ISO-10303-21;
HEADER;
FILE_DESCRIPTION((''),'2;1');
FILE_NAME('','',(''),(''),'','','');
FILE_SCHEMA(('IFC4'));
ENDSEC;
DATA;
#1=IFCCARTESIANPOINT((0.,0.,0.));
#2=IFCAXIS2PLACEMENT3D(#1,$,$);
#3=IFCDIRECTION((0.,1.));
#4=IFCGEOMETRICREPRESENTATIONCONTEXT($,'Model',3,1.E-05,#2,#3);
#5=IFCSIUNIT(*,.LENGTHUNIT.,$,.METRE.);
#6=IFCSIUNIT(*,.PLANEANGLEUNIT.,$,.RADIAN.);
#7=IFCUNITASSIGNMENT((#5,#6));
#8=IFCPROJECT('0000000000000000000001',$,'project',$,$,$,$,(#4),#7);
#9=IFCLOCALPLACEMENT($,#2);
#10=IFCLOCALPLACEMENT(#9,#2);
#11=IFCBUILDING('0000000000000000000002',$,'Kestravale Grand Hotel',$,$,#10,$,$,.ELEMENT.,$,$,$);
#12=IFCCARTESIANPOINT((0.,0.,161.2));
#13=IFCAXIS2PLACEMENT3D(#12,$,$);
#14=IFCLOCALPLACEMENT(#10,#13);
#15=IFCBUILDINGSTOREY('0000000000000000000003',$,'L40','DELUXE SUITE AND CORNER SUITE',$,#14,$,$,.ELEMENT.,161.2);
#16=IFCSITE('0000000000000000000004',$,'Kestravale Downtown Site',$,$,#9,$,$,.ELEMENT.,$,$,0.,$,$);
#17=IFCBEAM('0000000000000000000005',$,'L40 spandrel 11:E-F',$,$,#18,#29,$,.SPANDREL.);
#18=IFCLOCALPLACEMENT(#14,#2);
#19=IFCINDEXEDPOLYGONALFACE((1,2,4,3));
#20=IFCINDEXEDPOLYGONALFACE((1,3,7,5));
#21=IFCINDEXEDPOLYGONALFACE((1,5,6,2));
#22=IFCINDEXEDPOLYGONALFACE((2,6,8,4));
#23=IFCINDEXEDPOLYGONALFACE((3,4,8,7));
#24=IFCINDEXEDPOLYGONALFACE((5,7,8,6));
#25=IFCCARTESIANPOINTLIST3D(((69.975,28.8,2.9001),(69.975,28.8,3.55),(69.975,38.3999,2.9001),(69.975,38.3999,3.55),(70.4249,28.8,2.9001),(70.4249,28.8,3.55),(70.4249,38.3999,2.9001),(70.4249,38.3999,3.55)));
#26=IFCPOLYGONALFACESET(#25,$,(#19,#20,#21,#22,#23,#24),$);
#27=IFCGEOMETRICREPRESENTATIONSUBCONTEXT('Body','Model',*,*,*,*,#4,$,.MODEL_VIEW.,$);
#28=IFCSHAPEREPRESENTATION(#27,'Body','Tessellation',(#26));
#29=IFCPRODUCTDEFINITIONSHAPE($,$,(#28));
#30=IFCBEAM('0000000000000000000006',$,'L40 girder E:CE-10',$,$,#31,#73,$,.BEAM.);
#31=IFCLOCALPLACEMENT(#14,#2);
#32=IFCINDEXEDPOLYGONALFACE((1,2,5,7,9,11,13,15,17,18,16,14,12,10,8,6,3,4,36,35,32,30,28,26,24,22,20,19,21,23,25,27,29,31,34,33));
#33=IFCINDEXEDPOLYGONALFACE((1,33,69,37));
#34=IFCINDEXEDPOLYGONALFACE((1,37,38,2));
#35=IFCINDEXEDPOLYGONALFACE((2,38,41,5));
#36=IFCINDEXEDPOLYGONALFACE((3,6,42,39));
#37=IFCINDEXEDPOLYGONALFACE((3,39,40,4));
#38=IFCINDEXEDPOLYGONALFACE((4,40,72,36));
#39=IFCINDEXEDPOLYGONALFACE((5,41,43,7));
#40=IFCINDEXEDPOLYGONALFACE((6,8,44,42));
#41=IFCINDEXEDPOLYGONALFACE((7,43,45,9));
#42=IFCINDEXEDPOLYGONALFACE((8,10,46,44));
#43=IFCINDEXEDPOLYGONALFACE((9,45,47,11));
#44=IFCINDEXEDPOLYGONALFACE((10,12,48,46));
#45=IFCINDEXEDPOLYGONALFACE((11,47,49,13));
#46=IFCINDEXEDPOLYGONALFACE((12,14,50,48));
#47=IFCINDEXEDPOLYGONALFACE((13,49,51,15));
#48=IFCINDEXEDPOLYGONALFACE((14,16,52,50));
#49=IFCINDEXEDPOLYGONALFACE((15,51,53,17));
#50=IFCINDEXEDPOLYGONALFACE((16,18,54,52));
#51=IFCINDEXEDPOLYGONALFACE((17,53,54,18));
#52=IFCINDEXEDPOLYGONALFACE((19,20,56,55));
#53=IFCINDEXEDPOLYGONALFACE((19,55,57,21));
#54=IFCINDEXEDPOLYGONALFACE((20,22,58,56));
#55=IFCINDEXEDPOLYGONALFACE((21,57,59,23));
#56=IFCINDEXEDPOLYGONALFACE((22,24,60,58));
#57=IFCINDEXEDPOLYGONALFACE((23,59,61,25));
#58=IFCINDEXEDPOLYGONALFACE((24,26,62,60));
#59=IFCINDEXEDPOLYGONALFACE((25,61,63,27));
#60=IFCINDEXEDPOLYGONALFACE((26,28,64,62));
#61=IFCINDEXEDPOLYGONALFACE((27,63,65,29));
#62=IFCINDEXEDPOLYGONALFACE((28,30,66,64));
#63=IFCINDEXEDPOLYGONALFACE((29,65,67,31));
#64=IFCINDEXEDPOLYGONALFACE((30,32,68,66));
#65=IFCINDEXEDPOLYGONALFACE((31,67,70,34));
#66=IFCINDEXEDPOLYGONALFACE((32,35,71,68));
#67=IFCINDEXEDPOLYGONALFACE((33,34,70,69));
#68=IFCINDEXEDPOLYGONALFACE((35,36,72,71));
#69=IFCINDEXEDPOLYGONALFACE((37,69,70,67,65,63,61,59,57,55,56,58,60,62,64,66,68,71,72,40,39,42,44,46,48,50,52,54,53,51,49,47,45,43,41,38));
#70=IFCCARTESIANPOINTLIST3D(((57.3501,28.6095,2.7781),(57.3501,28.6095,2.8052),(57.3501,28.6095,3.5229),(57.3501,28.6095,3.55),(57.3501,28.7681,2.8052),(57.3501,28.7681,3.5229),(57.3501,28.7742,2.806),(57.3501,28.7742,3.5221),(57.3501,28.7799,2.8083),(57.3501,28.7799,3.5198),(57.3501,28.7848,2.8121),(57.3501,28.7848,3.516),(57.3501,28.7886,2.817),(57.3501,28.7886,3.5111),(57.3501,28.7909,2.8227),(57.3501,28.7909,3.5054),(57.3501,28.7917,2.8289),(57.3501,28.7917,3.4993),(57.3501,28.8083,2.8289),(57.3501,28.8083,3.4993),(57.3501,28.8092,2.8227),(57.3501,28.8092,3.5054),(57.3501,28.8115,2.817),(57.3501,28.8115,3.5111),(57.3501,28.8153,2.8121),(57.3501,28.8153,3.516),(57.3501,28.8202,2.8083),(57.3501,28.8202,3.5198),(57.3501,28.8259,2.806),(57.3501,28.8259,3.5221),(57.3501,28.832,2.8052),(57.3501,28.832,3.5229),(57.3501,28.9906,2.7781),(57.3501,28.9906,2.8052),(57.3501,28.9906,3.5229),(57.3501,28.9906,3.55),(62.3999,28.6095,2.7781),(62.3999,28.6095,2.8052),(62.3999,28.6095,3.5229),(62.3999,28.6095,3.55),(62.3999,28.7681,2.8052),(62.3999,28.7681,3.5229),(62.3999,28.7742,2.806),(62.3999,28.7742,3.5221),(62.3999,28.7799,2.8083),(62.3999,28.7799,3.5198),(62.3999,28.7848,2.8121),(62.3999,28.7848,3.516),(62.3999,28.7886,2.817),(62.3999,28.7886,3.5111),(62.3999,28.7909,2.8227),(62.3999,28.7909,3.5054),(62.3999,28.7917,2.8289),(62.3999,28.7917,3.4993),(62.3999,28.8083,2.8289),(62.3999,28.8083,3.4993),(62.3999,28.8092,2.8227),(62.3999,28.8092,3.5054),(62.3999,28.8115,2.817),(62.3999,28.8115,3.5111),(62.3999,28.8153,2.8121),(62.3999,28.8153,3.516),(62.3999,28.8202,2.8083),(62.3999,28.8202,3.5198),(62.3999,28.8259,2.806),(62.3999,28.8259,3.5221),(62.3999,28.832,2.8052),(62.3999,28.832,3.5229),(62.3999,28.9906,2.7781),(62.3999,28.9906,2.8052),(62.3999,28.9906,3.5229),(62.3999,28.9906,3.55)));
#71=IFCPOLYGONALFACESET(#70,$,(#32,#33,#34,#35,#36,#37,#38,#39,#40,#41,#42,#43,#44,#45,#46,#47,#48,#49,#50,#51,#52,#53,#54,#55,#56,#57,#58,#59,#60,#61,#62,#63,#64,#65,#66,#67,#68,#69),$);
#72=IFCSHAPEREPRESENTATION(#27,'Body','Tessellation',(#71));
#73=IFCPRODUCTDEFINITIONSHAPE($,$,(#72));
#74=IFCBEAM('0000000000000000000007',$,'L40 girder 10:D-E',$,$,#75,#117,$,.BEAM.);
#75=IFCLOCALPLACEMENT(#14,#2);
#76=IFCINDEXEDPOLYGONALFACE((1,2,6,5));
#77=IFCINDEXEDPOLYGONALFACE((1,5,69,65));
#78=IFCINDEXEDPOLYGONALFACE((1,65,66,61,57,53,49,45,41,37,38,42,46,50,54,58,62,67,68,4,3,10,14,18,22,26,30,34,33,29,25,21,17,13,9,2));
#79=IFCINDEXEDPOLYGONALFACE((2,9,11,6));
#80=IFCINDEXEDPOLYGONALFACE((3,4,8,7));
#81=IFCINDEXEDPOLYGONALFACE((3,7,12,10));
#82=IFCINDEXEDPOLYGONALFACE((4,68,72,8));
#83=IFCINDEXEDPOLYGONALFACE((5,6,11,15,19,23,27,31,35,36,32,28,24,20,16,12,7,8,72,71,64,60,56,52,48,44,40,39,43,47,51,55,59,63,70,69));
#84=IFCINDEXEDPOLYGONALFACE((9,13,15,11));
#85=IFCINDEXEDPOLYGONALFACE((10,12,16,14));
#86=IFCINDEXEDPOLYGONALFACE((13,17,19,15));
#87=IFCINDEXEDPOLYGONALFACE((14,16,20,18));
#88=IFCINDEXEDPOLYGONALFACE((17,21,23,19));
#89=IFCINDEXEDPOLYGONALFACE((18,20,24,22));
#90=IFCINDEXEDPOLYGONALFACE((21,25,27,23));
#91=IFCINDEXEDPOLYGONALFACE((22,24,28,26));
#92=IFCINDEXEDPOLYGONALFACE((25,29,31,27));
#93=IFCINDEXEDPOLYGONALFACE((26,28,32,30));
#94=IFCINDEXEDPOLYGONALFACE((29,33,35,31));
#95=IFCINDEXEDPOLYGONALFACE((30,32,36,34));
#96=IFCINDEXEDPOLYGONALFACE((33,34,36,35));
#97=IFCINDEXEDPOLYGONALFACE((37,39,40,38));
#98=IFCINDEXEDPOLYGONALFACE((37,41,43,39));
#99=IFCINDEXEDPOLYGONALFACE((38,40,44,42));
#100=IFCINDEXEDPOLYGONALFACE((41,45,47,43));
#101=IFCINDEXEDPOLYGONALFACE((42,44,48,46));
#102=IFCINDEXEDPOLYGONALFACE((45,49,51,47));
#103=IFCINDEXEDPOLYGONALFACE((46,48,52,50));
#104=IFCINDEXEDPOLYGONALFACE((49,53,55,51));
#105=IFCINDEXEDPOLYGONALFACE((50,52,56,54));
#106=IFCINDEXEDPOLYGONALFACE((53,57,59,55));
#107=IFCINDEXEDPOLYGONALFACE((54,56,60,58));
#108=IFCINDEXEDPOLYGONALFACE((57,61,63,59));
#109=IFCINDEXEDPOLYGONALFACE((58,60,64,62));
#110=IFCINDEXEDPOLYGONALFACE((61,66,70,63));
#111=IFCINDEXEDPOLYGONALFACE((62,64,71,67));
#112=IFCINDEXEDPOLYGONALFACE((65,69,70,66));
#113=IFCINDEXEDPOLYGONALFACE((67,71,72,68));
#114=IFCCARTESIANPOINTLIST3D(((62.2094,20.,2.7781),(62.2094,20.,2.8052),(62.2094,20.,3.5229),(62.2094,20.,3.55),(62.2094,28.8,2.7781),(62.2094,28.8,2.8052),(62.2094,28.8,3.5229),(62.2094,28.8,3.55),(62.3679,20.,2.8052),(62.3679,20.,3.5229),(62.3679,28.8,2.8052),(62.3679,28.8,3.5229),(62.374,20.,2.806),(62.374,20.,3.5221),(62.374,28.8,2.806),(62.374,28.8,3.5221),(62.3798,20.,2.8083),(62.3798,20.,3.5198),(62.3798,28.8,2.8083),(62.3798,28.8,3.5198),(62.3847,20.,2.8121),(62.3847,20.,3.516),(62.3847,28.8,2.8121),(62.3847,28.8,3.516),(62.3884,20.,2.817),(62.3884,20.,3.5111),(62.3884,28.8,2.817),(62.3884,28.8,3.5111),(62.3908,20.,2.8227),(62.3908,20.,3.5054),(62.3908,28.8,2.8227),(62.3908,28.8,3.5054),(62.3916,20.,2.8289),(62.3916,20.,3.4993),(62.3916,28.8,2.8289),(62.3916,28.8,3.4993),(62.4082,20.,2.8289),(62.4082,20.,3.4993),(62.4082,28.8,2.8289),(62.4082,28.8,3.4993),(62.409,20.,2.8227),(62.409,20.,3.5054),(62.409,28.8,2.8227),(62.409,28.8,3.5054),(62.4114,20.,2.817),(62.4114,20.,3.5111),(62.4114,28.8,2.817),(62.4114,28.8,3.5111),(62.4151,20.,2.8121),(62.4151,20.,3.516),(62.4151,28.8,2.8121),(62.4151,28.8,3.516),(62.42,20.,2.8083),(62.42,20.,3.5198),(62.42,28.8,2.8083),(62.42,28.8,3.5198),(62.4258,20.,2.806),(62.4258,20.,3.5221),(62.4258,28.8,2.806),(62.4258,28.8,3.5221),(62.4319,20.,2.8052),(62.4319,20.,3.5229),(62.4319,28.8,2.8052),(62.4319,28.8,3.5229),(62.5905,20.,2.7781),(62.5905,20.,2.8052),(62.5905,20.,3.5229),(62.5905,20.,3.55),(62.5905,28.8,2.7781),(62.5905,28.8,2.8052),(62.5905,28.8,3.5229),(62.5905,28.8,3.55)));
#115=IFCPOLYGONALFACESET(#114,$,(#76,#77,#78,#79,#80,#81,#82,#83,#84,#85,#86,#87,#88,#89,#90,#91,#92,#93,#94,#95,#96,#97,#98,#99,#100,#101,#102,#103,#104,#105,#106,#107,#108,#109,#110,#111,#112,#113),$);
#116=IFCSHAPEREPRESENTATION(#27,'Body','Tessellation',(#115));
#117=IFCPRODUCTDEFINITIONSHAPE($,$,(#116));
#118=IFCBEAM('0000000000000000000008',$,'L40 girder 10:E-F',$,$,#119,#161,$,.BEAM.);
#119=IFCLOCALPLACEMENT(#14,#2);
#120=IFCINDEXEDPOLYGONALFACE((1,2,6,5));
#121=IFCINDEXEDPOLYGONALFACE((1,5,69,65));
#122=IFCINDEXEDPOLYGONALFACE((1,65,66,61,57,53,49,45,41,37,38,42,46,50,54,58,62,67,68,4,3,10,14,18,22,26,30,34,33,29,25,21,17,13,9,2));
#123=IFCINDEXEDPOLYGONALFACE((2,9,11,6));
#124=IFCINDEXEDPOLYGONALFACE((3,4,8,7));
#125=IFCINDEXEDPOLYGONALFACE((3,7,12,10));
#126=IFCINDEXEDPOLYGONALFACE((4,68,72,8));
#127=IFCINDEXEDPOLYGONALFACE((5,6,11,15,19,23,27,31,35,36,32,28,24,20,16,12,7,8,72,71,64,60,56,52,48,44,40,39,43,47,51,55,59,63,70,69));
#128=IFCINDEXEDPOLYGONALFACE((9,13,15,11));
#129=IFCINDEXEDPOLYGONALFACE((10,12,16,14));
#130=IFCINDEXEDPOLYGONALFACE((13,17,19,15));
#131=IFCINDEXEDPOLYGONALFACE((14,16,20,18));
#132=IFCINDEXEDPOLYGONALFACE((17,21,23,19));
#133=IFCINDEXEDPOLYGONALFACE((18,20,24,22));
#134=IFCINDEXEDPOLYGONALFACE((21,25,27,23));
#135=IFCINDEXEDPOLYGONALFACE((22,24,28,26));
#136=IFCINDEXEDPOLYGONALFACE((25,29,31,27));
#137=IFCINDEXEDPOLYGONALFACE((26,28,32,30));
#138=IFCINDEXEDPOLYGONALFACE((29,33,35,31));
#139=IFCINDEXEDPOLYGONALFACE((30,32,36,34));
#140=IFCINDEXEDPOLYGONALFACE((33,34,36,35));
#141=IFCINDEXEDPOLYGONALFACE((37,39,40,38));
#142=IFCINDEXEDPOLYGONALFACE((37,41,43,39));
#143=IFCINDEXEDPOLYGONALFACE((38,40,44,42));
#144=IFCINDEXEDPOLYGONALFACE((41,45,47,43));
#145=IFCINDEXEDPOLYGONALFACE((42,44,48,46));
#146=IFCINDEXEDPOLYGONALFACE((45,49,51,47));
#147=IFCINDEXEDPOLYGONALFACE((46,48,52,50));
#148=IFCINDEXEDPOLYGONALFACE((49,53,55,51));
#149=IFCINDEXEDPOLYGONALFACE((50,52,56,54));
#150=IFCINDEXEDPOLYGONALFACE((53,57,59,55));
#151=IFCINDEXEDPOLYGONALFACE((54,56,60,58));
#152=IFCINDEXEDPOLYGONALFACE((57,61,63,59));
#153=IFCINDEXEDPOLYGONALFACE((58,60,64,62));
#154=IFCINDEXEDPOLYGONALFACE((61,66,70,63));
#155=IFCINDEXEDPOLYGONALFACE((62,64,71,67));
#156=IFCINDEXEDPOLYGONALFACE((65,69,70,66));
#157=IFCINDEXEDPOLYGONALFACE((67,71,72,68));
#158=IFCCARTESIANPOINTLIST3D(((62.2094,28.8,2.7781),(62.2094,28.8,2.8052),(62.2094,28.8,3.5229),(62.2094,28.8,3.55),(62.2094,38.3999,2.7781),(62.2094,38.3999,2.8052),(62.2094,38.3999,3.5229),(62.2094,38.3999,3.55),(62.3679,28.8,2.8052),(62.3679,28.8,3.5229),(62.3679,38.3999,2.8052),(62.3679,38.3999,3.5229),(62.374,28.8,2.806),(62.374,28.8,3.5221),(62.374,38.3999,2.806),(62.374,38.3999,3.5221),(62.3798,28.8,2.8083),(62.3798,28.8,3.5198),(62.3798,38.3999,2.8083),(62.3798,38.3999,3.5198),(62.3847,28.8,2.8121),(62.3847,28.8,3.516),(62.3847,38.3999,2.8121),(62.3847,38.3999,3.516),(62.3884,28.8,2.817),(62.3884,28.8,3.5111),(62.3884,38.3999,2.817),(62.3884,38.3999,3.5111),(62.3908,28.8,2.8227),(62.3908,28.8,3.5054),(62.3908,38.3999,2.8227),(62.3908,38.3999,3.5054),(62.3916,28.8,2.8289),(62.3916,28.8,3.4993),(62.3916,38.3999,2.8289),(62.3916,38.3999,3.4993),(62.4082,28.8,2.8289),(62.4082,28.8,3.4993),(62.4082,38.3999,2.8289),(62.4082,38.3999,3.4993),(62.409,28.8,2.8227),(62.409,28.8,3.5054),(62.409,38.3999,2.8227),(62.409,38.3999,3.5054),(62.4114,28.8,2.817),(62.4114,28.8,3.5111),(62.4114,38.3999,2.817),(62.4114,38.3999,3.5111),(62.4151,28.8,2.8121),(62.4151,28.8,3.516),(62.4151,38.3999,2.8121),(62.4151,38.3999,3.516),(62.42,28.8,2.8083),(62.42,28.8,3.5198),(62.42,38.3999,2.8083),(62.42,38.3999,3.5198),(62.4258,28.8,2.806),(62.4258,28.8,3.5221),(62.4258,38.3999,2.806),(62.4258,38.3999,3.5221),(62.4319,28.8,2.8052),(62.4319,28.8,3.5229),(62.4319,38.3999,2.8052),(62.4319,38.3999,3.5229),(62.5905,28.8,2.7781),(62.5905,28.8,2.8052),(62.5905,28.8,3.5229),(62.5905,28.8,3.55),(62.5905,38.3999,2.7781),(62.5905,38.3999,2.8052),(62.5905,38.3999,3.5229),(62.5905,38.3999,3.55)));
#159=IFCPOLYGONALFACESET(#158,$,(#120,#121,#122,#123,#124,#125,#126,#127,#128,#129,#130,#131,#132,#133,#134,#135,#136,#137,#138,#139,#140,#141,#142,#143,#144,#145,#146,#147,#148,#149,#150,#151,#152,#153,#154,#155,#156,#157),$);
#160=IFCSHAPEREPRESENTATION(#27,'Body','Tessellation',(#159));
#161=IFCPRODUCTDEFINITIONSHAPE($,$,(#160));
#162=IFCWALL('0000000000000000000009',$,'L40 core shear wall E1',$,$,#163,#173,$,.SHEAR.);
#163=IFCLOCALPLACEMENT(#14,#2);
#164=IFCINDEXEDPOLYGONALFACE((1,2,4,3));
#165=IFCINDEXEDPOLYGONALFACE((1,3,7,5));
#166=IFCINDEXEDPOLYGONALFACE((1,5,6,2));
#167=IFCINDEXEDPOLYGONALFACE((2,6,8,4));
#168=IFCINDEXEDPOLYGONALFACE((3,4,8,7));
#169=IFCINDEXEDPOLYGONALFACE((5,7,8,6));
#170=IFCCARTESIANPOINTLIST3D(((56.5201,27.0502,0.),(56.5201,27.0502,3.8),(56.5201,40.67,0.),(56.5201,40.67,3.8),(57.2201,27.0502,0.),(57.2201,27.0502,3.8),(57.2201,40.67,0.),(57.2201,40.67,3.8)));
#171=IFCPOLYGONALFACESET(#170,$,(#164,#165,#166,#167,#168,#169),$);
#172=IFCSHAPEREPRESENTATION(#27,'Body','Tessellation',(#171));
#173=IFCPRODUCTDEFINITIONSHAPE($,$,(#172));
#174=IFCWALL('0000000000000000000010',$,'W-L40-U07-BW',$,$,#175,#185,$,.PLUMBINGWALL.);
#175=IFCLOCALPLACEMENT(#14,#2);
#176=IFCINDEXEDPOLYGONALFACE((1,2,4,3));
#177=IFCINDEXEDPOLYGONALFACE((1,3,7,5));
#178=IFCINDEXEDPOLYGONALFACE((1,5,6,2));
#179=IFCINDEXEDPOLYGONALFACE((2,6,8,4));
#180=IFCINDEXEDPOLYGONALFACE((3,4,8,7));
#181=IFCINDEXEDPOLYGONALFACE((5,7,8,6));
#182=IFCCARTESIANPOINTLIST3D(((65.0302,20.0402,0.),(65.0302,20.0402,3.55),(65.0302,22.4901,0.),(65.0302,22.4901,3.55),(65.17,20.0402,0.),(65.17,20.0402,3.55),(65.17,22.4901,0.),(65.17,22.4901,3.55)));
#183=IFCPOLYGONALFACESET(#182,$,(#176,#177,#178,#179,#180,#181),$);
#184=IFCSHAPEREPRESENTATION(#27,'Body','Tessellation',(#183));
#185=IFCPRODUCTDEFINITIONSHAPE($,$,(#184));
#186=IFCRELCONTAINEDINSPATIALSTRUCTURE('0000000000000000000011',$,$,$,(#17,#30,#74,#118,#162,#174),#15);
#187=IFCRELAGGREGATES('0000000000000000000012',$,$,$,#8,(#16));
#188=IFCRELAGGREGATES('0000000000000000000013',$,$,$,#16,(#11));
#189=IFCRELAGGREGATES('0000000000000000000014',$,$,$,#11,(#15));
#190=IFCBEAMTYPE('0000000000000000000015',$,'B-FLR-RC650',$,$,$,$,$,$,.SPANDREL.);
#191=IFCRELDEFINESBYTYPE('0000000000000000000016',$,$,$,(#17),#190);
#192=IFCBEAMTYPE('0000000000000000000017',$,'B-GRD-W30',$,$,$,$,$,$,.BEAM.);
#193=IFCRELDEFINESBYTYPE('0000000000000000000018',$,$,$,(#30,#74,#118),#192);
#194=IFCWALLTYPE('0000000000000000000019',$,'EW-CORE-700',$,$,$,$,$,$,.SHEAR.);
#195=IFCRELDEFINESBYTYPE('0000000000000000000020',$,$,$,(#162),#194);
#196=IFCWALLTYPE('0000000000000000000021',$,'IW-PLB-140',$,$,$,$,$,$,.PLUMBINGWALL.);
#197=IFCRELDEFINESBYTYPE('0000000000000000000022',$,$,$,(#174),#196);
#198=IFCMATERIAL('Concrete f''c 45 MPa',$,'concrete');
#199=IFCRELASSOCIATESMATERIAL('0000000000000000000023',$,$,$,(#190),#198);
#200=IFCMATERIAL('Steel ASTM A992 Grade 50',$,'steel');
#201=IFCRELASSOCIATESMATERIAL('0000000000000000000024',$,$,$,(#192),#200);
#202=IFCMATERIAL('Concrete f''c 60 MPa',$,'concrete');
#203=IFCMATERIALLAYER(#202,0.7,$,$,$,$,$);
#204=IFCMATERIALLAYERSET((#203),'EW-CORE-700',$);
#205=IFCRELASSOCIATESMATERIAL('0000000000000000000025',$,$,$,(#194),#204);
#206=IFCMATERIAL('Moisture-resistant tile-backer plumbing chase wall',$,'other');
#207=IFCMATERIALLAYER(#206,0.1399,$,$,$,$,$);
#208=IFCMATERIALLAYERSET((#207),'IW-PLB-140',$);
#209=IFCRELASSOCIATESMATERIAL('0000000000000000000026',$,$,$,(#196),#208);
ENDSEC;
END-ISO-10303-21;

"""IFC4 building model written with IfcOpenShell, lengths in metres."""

from ifc_helpers import new_model, si_unit, direction, frame, frame_2d, origin, origin_2d, place, context, subcontext, project, spatial, rectangle, i_section, extrude, material, layer, layer_set, material_profile, profile_set, type_object, element, save


model = new_model("IFC4")

# Units and contexts
model_context = context("Model", 3, precision=1e-05, world=origin(), true_north=direction((0.0, 1.0)))
body_context = subcontext(model_context, "Body", "Model", "MODEL_VIEW")
ifc_project = project(units=[si_unit("LENGTHUNIT", "METRE"), si_unit("PLANEANGLEUNIT", "RADIAN")], contexts=[model_context])

# Site, building, storey
site_placement = place(None, origin())
site = spatial("IfcSite", under=ifc_project, at=site_placement, Name="Kestravale Downtown Site", CompositionType="ELEMENT", RefElevation=0.0)
building_placement = place(site_placement, origin())
building = spatial("IfcBuilding", under=site, at=building_placement, Name="Kestravale Grand Hotel", CompositionType="ELEMENT")
storey_placement = place(building_placement, frame((0.0, 0.0, 161.2)))
storey = spatial("IfcBuildingStorey", under=building, at=storey_placement, Name="L40", Description="DELUXE SUITE AND CORNER SUITE", CompositionType="ELEMENT", Elevation=161.2)

# Beams
ifc_material_1 = material(Name="Concrete f'c 45 MPa", Category="concrete")
ifc_material_profile_1 = material_profile(ifc_material_1, rectangle(XDim=0.45, YDim=0.6499, at=origin_2d()))
ifc_profile_set_1 = profile_set([ifc_material_profile_1], Name="Concrete f'c 45 MPa")
beam_type_1 = type_object("IfcBeamType", Name="B-FLR-RC650", PredefinedType="SPANDREL", material=ifc_profile_set_1)
beam_1_placement = place(storey_placement, frame((70.2, 28.8, 3.2251), z_axis=(0.0, 1.0, 0.0), x_axis=(-1.0, 0.0, 0.0)))
element("IfcBeam", 1, at=beam_1_placement, inside=storey, type_object=beam_type_1, Name="L40 spandrel 11:E-F", PredefinedType="SPANDREL", context=body_context, shape_type="SweptSolid", body=[
    extrude(rectangle(XDim=0.45, YDim=0.6499, at=origin_2d()), origin(), (0.0, 0.0, 1.0), 9.5999),
])
ifc_material_2 = material(Name="Steel ASTM A992 Grade 50", Category="steel")
ifc_material_profile_2 = material_profile(ifc_material_2, i_section(OverallWidth=0.3811, OverallDepth=0.772, WebThickness=0.0166, FlangeThickness=0.0271, FilletRadius=0.0237, at=origin_2d()))
ifc_profile_set_2 = profile_set([ifc_material_profile_2], Name="Steel ASTM A992 Grade 50")
beam_type_2 = type_object("IfcBeamType", Name="B-GRD-W30", PredefinedType="BEAM", material=ifc_profile_set_2)
beam_2_placement = place(storey_placement, frame((57.3501, 28.8, 3.1641), z_axis=(1.0, 0.0, 0.0), x_axis=(0.0, 1.0, 0.0)))
element("IfcBeam", 2, at=beam_2_placement, inside=storey, type_object=beam_type_2, Name="L40 girder E:CE-10", PredefinedType="BEAM", context=body_context, shape_type="SweptSolid", body=[
    extrude(i_section(OverallWidth=0.3811, OverallDepth=0.772, WebThickness=0.0166, FlangeThickness=0.0271, FilletRadius=0.0237, at=origin_2d()), origin(), (0.0, 0.0, 1.0), 5.0498),
])
beam_3_placement = place(storey_placement, frame((62.3999, 20.0, 3.1641), z_axis=(0.0, 1.0, 0.0), x_axis=(-1.0, 0.0, 0.0)))
element("IfcBeam", 3, at=beam_3_placement, inside=storey, type_object=beam_type_2, Name="L40 girder 10:D-E", PredefinedType="BEAM", context=body_context, shape_type="SweptSolid", body=[
    extrude(i_section(OverallWidth=0.3811, OverallDepth=0.772, WebThickness=0.0166, FlangeThickness=0.0271, FilletRadius=0.0237, at=origin_2d()), origin(), (0.0, 0.0, 1.0), 8.8),
])
beam_4_placement = place(storey_placement, frame((62.3999, 28.8, 3.1641), z_axis=(0.0, 1.0, 0.0), x_axis=(-1.0, 0.0, 0.0)))
element("IfcBeam", 4, at=beam_4_placement, inside=storey, type_object=beam_type_2, Name="L40 girder 10:E-F", PredefinedType="BEAM", context=body_context, shape_type="SweptSolid", body=[
    extrude(i_section(OverallWidth=0.3811, OverallDepth=0.772, WebThickness=0.0166, FlangeThickness=0.0271, FilletRadius=0.0237, at=origin_2d()), origin(), (0.0, 0.0, 1.0), 9.5999),
])

# Walls
ifc_material_3 = material(Name="Concrete f'c 60 MPa", Category="concrete")
ifc_layer_1 = layer(ifc_material_3, 0.7)
ifc_layer_set_1 = layer_set([ifc_layer_1], Name="EW-CORE-700")
wall_type_1 = type_object("IfcWallType", Name="EW-CORE-700", PredefinedType="SHEAR", material=ifc_layer_set_1)
wall_1_placement = place(storey_placement, frame((56.8701, 27.05, 0.0), z_axis=(0.0, 0.0, 1.0), x_axis=(0.0, 1.0, 0.0)))
element("IfcWall", 5, at=wall_1_placement, inside=storey, type_object=wall_type_1, Name="L40 core shear wall E1", PredefinedType="SHEAR", context=body_context, shape_type="SweptSolid", body=[
    extrude(rectangle(XDim=13.6199, YDim=0.7, at=frame_2d((6.8101, 0.0))), origin(), (0.0, 0.0, 1.0), 3.8),
])
ifc_material_4 = material(Name="Moisture-resistant tile-backer plumbing chase wall", Category="other")
ifc_layer_2 = layer(ifc_material_4, 0.1399)
ifc_layer_set_2 = layer_set([ifc_layer_2], Name="IW-PLB-140")
wall_type_2 = type_object("IfcWallType", Name="IW-PLB-140", PredefinedType="PLUMBINGWALL", material=ifc_layer_set_2)
wall_2_placement = place(storey_placement, frame((65.1001, 20.04, 0.0), z_axis=(0.0, 0.0, 1.0), x_axis=(0.0, 1.0, 0.0)))
element("IfcWall", 6, at=wall_2_placement, inside=storey, type_object=wall_type_2, Name="W-L40-U07-BW", PredefinedType="PLUMBINGWALL", context=body_context, shape_type="SweptSolid", body=[
    extrude(rectangle(XDim=2.45, YDim=0.1399, at=frame_2d((1.2251, 0.0))), origin(), (0.0, 0.0, 1.0), 3.55),
])

save(model, "model.ifc")
